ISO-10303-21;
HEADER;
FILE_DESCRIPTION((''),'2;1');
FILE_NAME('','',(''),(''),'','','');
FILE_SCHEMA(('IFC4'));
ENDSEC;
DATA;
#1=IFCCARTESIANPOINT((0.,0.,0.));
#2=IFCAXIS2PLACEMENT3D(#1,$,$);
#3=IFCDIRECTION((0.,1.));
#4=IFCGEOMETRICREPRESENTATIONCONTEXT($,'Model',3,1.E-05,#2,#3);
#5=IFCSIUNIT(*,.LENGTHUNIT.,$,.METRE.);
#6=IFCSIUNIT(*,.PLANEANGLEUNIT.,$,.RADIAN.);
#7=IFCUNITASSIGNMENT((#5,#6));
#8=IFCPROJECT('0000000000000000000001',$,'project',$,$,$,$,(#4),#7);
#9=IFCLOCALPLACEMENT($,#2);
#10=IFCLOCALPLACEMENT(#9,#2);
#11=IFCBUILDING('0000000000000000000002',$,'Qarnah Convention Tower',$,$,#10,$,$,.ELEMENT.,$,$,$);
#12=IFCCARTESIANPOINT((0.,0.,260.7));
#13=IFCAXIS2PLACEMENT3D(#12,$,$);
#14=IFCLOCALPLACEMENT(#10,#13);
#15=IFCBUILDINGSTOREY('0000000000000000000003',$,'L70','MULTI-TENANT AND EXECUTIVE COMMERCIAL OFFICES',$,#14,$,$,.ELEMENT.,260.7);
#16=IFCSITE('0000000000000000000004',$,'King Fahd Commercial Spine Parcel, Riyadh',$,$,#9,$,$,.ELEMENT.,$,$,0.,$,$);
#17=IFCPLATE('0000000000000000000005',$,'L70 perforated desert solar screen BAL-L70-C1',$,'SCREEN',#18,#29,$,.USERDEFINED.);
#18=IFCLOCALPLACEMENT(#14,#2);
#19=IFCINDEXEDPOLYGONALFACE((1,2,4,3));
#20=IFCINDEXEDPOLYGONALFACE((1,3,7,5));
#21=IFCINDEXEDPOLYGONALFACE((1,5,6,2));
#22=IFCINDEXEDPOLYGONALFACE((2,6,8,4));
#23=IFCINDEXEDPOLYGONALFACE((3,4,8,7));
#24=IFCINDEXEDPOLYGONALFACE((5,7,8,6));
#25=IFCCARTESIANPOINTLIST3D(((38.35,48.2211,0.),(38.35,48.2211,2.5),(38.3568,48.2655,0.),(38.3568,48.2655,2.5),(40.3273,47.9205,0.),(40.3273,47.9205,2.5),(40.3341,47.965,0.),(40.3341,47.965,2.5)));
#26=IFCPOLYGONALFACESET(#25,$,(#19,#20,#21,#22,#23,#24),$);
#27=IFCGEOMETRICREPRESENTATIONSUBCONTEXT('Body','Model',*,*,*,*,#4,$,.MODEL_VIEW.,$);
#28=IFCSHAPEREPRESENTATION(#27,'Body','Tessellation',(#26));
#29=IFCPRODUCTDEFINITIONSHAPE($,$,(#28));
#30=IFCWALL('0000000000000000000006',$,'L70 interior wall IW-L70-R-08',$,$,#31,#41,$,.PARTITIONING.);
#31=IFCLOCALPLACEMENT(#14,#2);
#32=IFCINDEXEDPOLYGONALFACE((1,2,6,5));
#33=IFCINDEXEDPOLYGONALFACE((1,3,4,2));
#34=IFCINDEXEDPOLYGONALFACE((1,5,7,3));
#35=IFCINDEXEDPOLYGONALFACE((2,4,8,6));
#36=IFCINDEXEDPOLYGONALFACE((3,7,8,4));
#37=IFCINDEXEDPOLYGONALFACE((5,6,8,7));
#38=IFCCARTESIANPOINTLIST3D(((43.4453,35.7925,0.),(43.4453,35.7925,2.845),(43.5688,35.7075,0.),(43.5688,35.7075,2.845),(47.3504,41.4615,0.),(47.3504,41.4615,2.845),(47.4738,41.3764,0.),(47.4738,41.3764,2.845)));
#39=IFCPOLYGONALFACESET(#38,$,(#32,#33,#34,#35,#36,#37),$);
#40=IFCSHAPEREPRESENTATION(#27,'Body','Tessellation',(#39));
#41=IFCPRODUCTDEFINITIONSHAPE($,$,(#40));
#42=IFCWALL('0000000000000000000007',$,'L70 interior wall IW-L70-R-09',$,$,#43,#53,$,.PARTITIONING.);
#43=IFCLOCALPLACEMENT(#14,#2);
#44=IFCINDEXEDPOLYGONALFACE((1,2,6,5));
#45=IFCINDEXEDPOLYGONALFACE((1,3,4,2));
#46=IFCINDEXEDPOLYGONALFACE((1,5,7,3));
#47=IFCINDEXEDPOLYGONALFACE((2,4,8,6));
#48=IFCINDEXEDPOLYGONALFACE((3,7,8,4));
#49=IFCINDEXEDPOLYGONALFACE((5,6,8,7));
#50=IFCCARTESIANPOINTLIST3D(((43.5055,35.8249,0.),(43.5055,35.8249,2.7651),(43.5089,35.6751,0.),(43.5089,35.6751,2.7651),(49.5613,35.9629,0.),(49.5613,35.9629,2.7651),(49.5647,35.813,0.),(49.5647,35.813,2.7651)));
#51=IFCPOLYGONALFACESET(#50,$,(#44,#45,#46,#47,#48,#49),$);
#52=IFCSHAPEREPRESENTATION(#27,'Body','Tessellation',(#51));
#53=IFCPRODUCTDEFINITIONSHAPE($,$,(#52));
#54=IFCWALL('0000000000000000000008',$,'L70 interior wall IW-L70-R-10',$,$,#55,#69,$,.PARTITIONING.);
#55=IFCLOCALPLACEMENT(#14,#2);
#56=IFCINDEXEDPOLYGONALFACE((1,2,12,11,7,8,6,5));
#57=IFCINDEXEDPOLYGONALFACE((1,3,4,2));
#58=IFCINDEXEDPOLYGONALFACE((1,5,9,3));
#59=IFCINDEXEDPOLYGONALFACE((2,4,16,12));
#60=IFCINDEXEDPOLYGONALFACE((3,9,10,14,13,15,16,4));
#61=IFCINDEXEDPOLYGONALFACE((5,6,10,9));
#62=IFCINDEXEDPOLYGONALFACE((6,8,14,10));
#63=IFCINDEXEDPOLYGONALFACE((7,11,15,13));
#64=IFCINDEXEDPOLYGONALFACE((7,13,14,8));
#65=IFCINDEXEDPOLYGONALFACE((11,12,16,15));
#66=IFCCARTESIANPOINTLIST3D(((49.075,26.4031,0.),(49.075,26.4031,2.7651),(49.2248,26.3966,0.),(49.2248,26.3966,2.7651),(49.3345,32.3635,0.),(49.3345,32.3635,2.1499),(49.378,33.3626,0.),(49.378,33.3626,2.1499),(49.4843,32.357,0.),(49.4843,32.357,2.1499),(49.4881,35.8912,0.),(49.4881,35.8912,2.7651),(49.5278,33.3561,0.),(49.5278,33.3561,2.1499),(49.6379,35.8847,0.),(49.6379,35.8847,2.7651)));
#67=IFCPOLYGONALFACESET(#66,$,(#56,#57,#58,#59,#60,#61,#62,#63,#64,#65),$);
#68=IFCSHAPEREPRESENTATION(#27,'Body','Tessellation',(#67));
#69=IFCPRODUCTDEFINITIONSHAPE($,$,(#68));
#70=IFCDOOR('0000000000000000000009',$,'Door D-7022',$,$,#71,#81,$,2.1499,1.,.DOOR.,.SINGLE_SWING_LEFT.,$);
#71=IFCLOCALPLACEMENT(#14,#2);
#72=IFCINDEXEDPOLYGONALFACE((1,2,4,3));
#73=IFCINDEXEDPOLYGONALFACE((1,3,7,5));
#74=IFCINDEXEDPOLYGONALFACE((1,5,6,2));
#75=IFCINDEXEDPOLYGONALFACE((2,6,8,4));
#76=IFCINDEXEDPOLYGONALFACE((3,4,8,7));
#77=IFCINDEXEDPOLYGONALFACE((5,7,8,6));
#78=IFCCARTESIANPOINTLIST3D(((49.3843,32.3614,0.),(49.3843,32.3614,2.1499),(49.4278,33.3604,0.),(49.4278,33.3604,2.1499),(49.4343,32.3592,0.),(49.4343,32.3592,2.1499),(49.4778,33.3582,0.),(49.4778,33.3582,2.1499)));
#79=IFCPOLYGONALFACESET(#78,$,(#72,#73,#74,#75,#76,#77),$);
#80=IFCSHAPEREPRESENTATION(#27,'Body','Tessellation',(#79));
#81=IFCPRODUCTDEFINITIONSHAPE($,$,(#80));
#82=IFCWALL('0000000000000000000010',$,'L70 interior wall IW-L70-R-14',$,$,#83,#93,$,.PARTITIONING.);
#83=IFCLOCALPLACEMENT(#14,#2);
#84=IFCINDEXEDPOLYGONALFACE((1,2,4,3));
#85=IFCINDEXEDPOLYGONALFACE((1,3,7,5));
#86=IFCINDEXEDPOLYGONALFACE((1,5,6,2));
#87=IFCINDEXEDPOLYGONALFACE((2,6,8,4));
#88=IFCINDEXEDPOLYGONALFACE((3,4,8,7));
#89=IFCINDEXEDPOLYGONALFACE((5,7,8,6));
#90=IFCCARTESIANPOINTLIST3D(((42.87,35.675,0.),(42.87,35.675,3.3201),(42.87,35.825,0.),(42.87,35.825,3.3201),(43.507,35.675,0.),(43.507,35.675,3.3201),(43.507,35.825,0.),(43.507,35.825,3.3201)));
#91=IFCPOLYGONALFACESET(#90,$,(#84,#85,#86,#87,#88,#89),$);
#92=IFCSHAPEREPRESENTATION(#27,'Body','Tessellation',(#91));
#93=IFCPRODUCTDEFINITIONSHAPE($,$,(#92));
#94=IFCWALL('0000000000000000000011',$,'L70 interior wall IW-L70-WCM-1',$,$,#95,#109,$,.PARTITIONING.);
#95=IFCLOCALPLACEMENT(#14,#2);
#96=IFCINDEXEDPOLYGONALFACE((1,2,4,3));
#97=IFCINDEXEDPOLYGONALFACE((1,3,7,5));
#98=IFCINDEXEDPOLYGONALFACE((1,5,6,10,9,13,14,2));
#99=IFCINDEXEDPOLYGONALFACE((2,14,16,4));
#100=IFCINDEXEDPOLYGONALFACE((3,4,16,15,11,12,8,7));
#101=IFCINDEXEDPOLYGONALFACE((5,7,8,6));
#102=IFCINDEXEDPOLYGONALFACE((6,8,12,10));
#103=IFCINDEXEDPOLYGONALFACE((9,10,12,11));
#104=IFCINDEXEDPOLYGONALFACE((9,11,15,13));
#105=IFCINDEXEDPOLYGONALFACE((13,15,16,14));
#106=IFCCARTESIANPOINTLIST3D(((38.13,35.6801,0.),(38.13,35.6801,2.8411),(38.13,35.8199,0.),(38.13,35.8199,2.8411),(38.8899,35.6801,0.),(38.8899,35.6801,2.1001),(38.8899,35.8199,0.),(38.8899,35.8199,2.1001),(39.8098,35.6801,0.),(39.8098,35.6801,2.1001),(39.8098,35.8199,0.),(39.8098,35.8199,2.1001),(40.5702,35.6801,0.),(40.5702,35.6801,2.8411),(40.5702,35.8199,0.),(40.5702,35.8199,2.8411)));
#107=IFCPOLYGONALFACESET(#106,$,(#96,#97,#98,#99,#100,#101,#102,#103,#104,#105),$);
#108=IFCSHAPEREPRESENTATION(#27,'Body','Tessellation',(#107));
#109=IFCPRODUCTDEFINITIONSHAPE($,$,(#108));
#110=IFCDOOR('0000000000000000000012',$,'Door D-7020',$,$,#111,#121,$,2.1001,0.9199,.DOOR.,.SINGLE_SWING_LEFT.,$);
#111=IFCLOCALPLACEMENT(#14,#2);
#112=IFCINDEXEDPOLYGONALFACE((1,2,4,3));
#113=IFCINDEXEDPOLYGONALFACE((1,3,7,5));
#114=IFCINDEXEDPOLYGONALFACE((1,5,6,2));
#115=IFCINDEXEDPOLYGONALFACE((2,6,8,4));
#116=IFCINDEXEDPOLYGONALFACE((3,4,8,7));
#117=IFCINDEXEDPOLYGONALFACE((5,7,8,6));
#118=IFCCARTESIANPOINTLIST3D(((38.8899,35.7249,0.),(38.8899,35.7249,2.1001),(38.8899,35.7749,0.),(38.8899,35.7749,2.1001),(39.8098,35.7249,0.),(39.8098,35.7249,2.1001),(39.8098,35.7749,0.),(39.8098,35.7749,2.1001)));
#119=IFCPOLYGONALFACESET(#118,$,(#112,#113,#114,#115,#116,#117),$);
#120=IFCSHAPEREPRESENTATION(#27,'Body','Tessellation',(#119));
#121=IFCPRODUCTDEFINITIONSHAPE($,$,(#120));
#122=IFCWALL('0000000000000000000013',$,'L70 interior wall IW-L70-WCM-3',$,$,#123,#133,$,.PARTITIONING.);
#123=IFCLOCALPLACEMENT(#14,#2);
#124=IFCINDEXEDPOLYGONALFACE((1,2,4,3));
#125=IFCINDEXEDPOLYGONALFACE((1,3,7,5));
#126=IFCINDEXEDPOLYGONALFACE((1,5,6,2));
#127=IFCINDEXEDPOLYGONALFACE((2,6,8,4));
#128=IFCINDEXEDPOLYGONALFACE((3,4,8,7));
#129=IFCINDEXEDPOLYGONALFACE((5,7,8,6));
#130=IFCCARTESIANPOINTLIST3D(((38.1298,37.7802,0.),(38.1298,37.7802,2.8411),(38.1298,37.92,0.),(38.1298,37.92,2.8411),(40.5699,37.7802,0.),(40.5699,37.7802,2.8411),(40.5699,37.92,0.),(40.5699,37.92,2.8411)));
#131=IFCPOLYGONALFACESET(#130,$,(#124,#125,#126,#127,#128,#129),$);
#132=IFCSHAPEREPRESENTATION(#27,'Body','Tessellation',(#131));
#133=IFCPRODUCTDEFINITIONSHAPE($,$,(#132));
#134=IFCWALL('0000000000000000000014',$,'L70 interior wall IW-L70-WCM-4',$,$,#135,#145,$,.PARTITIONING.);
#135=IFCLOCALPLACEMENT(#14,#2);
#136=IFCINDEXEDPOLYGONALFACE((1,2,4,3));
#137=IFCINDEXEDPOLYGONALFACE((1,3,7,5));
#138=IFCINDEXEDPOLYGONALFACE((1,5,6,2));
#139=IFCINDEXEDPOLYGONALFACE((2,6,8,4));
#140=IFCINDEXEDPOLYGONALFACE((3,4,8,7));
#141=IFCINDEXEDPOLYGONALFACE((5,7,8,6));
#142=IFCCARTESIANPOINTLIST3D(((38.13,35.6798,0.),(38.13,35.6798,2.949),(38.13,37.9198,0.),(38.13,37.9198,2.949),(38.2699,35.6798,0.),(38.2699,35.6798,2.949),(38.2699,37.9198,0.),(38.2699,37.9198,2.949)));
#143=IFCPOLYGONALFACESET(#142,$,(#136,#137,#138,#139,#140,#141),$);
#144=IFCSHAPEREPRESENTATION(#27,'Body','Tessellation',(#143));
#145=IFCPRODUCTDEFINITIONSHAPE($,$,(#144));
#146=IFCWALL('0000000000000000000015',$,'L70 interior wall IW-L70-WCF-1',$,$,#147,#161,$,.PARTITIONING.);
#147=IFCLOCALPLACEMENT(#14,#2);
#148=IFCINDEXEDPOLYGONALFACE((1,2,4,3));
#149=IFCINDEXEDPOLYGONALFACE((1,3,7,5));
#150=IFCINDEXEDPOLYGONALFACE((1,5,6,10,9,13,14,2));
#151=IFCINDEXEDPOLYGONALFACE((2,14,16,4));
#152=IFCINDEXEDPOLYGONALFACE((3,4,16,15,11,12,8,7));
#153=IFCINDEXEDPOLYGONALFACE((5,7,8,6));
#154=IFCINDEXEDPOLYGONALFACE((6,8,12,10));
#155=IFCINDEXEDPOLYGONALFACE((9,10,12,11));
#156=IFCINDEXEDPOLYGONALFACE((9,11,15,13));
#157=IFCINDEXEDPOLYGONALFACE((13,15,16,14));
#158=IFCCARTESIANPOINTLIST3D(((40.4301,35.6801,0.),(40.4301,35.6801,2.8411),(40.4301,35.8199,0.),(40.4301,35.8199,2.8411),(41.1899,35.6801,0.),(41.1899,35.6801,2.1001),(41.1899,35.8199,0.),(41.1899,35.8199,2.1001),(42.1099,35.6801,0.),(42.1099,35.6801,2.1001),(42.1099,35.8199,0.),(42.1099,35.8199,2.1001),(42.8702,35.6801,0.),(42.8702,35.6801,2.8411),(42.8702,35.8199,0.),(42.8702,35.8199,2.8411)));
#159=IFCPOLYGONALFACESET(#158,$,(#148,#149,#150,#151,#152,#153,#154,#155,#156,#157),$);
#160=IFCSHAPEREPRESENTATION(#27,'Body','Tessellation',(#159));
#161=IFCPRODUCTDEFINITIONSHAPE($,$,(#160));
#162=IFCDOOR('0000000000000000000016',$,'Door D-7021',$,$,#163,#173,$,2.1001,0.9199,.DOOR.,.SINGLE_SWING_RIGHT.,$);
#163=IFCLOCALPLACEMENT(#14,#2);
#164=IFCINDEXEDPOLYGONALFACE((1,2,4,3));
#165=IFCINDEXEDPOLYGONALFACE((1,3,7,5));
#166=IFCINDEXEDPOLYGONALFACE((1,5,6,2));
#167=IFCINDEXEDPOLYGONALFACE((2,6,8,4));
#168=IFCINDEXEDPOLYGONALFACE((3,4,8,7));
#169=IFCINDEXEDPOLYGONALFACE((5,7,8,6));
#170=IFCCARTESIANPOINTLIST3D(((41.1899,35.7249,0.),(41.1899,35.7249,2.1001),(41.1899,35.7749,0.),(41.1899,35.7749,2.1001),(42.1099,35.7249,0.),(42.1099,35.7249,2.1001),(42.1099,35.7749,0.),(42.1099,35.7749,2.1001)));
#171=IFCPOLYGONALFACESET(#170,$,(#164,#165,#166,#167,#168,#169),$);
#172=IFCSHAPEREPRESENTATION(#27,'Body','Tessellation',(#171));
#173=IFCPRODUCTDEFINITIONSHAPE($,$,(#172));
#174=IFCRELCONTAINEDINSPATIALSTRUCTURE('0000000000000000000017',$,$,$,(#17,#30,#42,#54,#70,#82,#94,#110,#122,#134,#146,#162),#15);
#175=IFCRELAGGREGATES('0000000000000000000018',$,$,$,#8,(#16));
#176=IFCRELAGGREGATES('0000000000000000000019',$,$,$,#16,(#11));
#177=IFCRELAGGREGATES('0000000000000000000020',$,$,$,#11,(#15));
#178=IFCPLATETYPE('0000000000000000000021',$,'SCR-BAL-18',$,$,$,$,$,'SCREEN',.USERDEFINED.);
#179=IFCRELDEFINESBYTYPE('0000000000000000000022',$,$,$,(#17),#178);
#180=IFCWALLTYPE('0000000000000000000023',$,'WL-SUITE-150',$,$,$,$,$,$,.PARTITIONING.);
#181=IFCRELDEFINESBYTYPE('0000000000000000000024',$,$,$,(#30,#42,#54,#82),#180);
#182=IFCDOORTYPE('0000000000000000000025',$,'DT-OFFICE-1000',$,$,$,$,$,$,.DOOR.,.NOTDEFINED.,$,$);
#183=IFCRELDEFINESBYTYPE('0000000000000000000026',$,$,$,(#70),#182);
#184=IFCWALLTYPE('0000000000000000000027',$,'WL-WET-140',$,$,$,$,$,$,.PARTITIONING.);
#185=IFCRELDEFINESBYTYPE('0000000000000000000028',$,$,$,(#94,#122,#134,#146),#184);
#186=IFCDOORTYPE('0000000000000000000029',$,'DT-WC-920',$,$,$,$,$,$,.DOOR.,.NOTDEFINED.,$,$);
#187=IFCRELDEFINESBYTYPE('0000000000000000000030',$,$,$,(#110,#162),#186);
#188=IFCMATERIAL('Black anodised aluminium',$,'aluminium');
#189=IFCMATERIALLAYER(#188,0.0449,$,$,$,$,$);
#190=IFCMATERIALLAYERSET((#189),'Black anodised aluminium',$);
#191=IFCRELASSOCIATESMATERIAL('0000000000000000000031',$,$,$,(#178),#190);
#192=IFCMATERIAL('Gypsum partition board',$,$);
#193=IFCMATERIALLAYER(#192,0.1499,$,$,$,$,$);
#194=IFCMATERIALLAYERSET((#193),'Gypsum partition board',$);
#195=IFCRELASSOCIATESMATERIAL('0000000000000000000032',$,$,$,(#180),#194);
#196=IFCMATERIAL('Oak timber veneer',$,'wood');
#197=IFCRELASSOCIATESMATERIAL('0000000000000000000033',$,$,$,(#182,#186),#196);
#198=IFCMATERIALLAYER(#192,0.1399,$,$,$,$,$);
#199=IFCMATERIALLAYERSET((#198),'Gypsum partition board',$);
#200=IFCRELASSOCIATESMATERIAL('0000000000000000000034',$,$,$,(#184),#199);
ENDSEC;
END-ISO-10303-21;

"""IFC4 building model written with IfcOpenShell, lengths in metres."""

from ifc_helpers import new_model, si_unit, direction, frame, frame_2d, origin, origin_2d, place, context, subcontext, project, spatial, rectangle, extrude, material, layer, layer_set, type_object, element, fill, save


model = new_model("IFC4")

# Units and contexts
model_context = context("Model", 3, precision=1e-05, world=origin(), true_north=direction((0.0, 1.0)))
body_context = subcontext(model_context, "Body", "Model", "MODEL_VIEW")
ifc_project = project(units=[si_unit("LENGTHUNIT", "METRE"), si_unit("PLANEANGLEUNIT", "RADIAN")], contexts=[model_context])

# Site, building, storey
site_placement = place(None, origin())
site = spatial("IfcSite", under=ifc_project, at=site_placement, Name="King Fahd Commercial Spine Parcel, Riyadh", CompositionType="ELEMENT", RefElevation=0.0)
building_placement = place(site_placement, origin())
building = spatial("IfcBuilding", under=site, at=building_placement, Name="Qarnah Convention Tower", CompositionType="ELEMENT")
storey_placement = place(building_placement, frame((0.0, 0.0, 260.7)))
storey = spatial("IfcBuildingStorey", under=building, at=storey_placement, Name="L70", Description="MULTI-TENANT AND EXECUTIVE COMMERCIAL OFFICES", CompositionType="ELEMENT", Elevation=260.7)

# Shared definitions
ifc_material_1 = material(Name="Black anodised aluminium", Category="aluminium")

# Plate
ifc_layer_1 = layer(ifc_material_1, 0.0449)
ifc_layer_set_1 = layer_set([ifc_layer_1], Name="Black anodised aluminium")
plate_type_1 = type_object("IfcPlateType", Name="SCR-BAL-18", ElementType="SCREEN", PredefinedType="USERDEFINED", material=ifc_layer_set_1)
plate_1_placement = place(storey_placement, frame((39.342, 48.093, 0.0), z_axis=(0.0, 0.0, 1.0), x_axis=(0.988645, -0.150272, 0.0)))
element("IfcPlate", 1, at=plate_1_placement, inside=storey, type_object=plate_type_1, Name="L70 perforated desert solar screen BAL-L70-C1", ObjectType="SCREEN", PredefinedType="USERDEFINED", context=body_context, shape_type="SweptSolid", body=[
    extrude(rectangle(XDim=2.0, YDim=0.0449, at=origin_2d()), origin(), (0.0, 0.0, 1.0), 2.5),
])

# Walls
ifc_material_2 = material(Name="Gypsum partition board")
ifc_layer_2 = layer(ifc_material_2, 0.1499)
ifc_layer_set_2 = layer_set([ifc_layer_2], Name="Gypsum partition board")
wall_type_1 = type_object("IfcWallType", Name="WL-SUITE-150", PredefinedType="PARTITIONING", material=ifc_layer_set_2)
wall_1_placement = place(storey_placement, frame((47.4121, 41.4189, 0.0), z_axis=(0.0, 0.0, 1.0), x_axis=(-0.567281, -0.823524, 0.0)))
element("IfcWall", 2, at=wall_1_placement, inside=storey, type_object=wall_type_1, Name="L70 interior wall IW-L70-R-08", PredefinedType="PARTITIONING", context=body_context, shape_type="SweptSolid", body=[
    extrude(rectangle(XDim=6.8838, YDim=0.1499, at=frame_2d((3.4419, 0.0))), origin(), (0.0, 0.0, 1.0), 2.845),
])
wall_2_placement = place(storey_placement, frame((43.5071, 35.75, 0.0), z_axis=(0.0, 0.0, 1.0), x_axis=(0.999741, 0.022772, 0.0)))
element("IfcWall", 3, at=wall_2_placement, inside=storey, type_object=wall_type_1, Name="L70 interior wall IW-L70-R-09", PredefinedType="PARTITIONING", context=body_context, shape_type="SweptSolid", body=[
    extrude(rectangle(XDim=6.0574, YDim=0.1499, at=frame_2d((3.0288, 0.0))), origin(), (0.0, 0.0, 1.0), 2.7651),
])

# Wall, opening, door
wall_3_placement = place(storey_placement, frame((49.563, 35.8879, 0.0), z_axis=(0.0, 0.0, 1.0), x_axis=(-0.043496, -0.999054, 0.0)))
wall_3 = element("IfcWall", 4, at=wall_3_placement, inside=storey, type_object=wall_type_1, Name="L70 interior wall IW-L70-R-10", PredefinedType="PARTITIONING", context=body_context, shape_type="SweptSolid", body=[
    extrude(rectangle(XDim=9.4971, YDim=0.1499, at=frame_2d((4.7485, 0.0))), origin(), (0.0, 0.0, 1.0), 2.7651),
])
opening_1_placement = place(wall_3_placement, frame((2.531, 0.0, 0.0)))
opening_1 = element("IfcOpeningElement", 5, at=opening_1_placement, cuts=wall_3, PredefinedType="OPENING", context=body_context, shape_type="SweptSolid", body=[
    extrude(rectangle(XDim=1.0, YDim=2.1499, at=frame_2d((0.5, 1.075))), frame((0.0, 0.085, 0.0), z_axis=(0.0, -1.0, 0.0), x_axis=(1.0, 0.0, 0.0)), (0.0, 0.0, 1.0), 0.1699),
])
ifc_material_3 = material(Name="Oak timber veneer", Category="wood")
door_type_1 = type_object("IfcDoorType", Name="DT-OFFICE-1000", OperationType="NOTDEFINED", PredefinedType="DOOR", material=ifc_material_3)
door_1_placement = place(opening_1_placement, origin())
door_1 = element("IfcDoor", 6, at=door_1_placement, inside=storey, type_object=door_type_1, Name="Door D-7022", OperationType="SINGLE_SWING_LEFT", OverallHeight=2.1499, OverallWidth=1.0, PredefinedType="DOOR", context=body_context, shape_type="SweptSolid", body=[
    extrude(rectangle(XDim=1.0, YDim=2.1499, at=frame_2d((0.5, 1.075))), frame((0.0, 0.0249, 0.0), z_axis=(0.0, -1.0, 0.0), x_axis=(1.0, 0.0, 0.0)), (0.0, 0.0, 1.0), 0.05),
])
fill(opening_1, door_1)

# Wall
wall_4_placement = place(storey_placement, frame((42.8701, 35.75, 0.0), z_axis=(0.0, 0.0, 1.0), x_axis=(1.0, 0.0, 0.0)))
element("IfcWall", 7, at=wall_4_placement, inside=storey, type_object=wall_type_1, Name="L70 interior wall IW-L70-R-14", PredefinedType="PARTITIONING", context=body_context, shape_type="SweptSolid", body=[
    extrude(rectangle(XDim=0.637, YDim=0.1499, at=frame_2d((0.3184, 0.0))), origin(), (0.0, 0.0, 1.0), 3.3201),
])

# Wall, opening, door
ifc_layer_3 = layer(ifc_material_2, 0.1399)
ifc_layer_set_3 = layer_set([ifc_layer_3], Name="Gypsum partition board")
wall_type_2 = type_object("IfcWallType", Name="WL-WET-140", PredefinedType="PARTITIONING", material=ifc_layer_set_3)
wall_5_placement = place(storey_placement, frame((38.1299, 35.75, 0.0), z_axis=(0.0, 0.0, 1.0), x_axis=(1.0, 0.0, 0.0)))
wall_5 = element("IfcWall", 8, at=wall_5_placement, inside=storey, type_object=wall_type_2, Name="L70 interior wall IW-L70-WCM-1", PredefinedType="PARTITIONING", context=body_context, shape_type="SweptSolid", body=[
    extrude(rectangle(XDim=2.4402, YDim=0.1399, at=frame_2d((1.2202, 0.0))), origin(), (0.0, 0.0, 1.0), 2.8411),
])
opening_2_placement = place(wall_5_placement, frame((0.76, 0.0, 0.0)))
opening_2 = element("IfcOpeningElement", 9, at=opening_2_placement, cuts=wall_5, PredefinedType="OPENING", context=body_context, shape_type="SweptSolid", body=[
    extrude(rectangle(XDim=0.9199, YDim=2.1001, at=frame_2d((0.46, 1.05))), frame((0.0, 0.0798, 0.0), z_axis=(0.0, -1.0, 0.0), x_axis=(1.0, 0.0, 0.0)), (0.0, 0.0, 1.0), 0.1599),
])
door_type_2 = type_object("IfcDoorType", Name="DT-WC-920", OperationType="NOTDEFINED", PredefinedType="DOOR", material=ifc_material_3)
door_2_placement = place(opening_2_placement, origin())
door_2 = element("IfcDoor", 10, at=door_2_placement, inside=storey, type_object=door_type_2, Name="Door D-7020", OperationType="SINGLE_SWING_LEFT", OverallHeight=2.1001, OverallWidth=0.9199, PredefinedType="DOOR", context=body_context, shape_type="SweptSolid", body=[
    extrude(rectangle(XDim=0.9199, YDim=2.1001, at=frame_2d((0.46, 1.05))), frame((0.0, 0.0249, 0.0), z_axis=(0.0, -1.0, 0.0), x_axis=(1.0, 0.0, 0.0)), (0.0, 0.0, 1.0), 0.05),
])
fill(opening_2, door_2)

# Walls
wall_6_placement = place(storey_placement, frame((40.5701, 37.8501, 0.0), z_axis=(0.0, 0.0, 1.0), x_axis=(-1.0, 0.0, 0.0)))
element("IfcWall", 11, at=wall_6_placement, inside=storey, type_object=wall_type_2, Name="L70 interior wall IW-L70-WCM-3", PredefinedType="PARTITIONING", context=body_context, shape_type="SweptSolid", body=[
    extrude(rectangle(XDim=2.4402, YDim=0.1399, at=frame_2d((1.2202, 0.0))), origin(), (0.0, 0.0, 1.0), 2.8411),
])
wall_7_placement = place(storey_placement, frame((38.2, 37.9199, 0.0), z_axis=(0.0, 0.0, 1.0), x_axis=(0.0, -1.0, 0.0)))
element("IfcWall", 12, at=wall_7_placement, inside=storey, type_object=wall_type_2, Name="L70 interior wall IW-L70-WCM-4", PredefinedType="PARTITIONING", context=body_context, shape_type="SweptSolid", body=[
    extrude(rectangle(XDim=2.24, YDim=0.1399, at=frame_2d((1.1201, 0.0))), origin(), (0.0, 0.0, 1.0), 2.949),
])

# Wall, opening, door
wall_8_placement = place(storey_placement, frame((40.4299, 35.75, 0.0), z_axis=(0.0, 0.0, 1.0), x_axis=(1.0, 0.0, 0.0)))
wall_8 = element("IfcWall", 13, at=wall_8_placement, inside=storey, type_object=wall_type_2, Name="L70 interior wall IW-L70-WCF-1", PredefinedType="PARTITIONING", context=body_context, shape_type="SweptSolid", body=[
    extrude(rectangle(XDim=2.4402, YDim=0.1399, at=frame_2d((1.2202, 0.0))), origin(), (0.0, 0.0, 1.0), 2.8411),
])
opening_3_placement = place(wall_8_placement, frame((0.76, 0.0, 0.0)))
opening_3 = element("IfcOpeningElement", 14, at=opening_3_placement, cuts=wall_8, PredefinedType="OPENING", context=body_context, shape_type="SweptSolid", body=[
    extrude(rectangle(XDim=0.9199, YDim=2.1001, at=frame_2d((0.46, 1.05))), frame((0.0, 0.0798, 0.0), z_axis=(0.0, -1.0, 0.0), x_axis=(1.0, 0.0, 0.0)), (0.0, 0.0, 1.0), 0.1599),
])
door_3_placement = place(opening_3_placement, origin())
door_3 = element("IfcDoor", 15, at=door_3_placement, inside=storey, type_object=door_type_2, Name="Door D-7021", OperationType="SINGLE_SWING_RIGHT", OverallHeight=2.1001, OverallWidth=0.9199, PredefinedType="DOOR", context=body_context, shape_type="SweptSolid", body=[
    extrude(rectangle(XDim=0.9199, YDim=2.1001, at=frame_2d((0.46, 1.05))), frame((0.0, 0.0249, 0.0), z_axis=(0.0, -1.0, 0.0), x_axis=(1.0, 0.0, 0.0)), (0.0, 0.0, 1.0), 0.05),
])
fill(opening_3, door_3)

save(model, "model.ifc")
